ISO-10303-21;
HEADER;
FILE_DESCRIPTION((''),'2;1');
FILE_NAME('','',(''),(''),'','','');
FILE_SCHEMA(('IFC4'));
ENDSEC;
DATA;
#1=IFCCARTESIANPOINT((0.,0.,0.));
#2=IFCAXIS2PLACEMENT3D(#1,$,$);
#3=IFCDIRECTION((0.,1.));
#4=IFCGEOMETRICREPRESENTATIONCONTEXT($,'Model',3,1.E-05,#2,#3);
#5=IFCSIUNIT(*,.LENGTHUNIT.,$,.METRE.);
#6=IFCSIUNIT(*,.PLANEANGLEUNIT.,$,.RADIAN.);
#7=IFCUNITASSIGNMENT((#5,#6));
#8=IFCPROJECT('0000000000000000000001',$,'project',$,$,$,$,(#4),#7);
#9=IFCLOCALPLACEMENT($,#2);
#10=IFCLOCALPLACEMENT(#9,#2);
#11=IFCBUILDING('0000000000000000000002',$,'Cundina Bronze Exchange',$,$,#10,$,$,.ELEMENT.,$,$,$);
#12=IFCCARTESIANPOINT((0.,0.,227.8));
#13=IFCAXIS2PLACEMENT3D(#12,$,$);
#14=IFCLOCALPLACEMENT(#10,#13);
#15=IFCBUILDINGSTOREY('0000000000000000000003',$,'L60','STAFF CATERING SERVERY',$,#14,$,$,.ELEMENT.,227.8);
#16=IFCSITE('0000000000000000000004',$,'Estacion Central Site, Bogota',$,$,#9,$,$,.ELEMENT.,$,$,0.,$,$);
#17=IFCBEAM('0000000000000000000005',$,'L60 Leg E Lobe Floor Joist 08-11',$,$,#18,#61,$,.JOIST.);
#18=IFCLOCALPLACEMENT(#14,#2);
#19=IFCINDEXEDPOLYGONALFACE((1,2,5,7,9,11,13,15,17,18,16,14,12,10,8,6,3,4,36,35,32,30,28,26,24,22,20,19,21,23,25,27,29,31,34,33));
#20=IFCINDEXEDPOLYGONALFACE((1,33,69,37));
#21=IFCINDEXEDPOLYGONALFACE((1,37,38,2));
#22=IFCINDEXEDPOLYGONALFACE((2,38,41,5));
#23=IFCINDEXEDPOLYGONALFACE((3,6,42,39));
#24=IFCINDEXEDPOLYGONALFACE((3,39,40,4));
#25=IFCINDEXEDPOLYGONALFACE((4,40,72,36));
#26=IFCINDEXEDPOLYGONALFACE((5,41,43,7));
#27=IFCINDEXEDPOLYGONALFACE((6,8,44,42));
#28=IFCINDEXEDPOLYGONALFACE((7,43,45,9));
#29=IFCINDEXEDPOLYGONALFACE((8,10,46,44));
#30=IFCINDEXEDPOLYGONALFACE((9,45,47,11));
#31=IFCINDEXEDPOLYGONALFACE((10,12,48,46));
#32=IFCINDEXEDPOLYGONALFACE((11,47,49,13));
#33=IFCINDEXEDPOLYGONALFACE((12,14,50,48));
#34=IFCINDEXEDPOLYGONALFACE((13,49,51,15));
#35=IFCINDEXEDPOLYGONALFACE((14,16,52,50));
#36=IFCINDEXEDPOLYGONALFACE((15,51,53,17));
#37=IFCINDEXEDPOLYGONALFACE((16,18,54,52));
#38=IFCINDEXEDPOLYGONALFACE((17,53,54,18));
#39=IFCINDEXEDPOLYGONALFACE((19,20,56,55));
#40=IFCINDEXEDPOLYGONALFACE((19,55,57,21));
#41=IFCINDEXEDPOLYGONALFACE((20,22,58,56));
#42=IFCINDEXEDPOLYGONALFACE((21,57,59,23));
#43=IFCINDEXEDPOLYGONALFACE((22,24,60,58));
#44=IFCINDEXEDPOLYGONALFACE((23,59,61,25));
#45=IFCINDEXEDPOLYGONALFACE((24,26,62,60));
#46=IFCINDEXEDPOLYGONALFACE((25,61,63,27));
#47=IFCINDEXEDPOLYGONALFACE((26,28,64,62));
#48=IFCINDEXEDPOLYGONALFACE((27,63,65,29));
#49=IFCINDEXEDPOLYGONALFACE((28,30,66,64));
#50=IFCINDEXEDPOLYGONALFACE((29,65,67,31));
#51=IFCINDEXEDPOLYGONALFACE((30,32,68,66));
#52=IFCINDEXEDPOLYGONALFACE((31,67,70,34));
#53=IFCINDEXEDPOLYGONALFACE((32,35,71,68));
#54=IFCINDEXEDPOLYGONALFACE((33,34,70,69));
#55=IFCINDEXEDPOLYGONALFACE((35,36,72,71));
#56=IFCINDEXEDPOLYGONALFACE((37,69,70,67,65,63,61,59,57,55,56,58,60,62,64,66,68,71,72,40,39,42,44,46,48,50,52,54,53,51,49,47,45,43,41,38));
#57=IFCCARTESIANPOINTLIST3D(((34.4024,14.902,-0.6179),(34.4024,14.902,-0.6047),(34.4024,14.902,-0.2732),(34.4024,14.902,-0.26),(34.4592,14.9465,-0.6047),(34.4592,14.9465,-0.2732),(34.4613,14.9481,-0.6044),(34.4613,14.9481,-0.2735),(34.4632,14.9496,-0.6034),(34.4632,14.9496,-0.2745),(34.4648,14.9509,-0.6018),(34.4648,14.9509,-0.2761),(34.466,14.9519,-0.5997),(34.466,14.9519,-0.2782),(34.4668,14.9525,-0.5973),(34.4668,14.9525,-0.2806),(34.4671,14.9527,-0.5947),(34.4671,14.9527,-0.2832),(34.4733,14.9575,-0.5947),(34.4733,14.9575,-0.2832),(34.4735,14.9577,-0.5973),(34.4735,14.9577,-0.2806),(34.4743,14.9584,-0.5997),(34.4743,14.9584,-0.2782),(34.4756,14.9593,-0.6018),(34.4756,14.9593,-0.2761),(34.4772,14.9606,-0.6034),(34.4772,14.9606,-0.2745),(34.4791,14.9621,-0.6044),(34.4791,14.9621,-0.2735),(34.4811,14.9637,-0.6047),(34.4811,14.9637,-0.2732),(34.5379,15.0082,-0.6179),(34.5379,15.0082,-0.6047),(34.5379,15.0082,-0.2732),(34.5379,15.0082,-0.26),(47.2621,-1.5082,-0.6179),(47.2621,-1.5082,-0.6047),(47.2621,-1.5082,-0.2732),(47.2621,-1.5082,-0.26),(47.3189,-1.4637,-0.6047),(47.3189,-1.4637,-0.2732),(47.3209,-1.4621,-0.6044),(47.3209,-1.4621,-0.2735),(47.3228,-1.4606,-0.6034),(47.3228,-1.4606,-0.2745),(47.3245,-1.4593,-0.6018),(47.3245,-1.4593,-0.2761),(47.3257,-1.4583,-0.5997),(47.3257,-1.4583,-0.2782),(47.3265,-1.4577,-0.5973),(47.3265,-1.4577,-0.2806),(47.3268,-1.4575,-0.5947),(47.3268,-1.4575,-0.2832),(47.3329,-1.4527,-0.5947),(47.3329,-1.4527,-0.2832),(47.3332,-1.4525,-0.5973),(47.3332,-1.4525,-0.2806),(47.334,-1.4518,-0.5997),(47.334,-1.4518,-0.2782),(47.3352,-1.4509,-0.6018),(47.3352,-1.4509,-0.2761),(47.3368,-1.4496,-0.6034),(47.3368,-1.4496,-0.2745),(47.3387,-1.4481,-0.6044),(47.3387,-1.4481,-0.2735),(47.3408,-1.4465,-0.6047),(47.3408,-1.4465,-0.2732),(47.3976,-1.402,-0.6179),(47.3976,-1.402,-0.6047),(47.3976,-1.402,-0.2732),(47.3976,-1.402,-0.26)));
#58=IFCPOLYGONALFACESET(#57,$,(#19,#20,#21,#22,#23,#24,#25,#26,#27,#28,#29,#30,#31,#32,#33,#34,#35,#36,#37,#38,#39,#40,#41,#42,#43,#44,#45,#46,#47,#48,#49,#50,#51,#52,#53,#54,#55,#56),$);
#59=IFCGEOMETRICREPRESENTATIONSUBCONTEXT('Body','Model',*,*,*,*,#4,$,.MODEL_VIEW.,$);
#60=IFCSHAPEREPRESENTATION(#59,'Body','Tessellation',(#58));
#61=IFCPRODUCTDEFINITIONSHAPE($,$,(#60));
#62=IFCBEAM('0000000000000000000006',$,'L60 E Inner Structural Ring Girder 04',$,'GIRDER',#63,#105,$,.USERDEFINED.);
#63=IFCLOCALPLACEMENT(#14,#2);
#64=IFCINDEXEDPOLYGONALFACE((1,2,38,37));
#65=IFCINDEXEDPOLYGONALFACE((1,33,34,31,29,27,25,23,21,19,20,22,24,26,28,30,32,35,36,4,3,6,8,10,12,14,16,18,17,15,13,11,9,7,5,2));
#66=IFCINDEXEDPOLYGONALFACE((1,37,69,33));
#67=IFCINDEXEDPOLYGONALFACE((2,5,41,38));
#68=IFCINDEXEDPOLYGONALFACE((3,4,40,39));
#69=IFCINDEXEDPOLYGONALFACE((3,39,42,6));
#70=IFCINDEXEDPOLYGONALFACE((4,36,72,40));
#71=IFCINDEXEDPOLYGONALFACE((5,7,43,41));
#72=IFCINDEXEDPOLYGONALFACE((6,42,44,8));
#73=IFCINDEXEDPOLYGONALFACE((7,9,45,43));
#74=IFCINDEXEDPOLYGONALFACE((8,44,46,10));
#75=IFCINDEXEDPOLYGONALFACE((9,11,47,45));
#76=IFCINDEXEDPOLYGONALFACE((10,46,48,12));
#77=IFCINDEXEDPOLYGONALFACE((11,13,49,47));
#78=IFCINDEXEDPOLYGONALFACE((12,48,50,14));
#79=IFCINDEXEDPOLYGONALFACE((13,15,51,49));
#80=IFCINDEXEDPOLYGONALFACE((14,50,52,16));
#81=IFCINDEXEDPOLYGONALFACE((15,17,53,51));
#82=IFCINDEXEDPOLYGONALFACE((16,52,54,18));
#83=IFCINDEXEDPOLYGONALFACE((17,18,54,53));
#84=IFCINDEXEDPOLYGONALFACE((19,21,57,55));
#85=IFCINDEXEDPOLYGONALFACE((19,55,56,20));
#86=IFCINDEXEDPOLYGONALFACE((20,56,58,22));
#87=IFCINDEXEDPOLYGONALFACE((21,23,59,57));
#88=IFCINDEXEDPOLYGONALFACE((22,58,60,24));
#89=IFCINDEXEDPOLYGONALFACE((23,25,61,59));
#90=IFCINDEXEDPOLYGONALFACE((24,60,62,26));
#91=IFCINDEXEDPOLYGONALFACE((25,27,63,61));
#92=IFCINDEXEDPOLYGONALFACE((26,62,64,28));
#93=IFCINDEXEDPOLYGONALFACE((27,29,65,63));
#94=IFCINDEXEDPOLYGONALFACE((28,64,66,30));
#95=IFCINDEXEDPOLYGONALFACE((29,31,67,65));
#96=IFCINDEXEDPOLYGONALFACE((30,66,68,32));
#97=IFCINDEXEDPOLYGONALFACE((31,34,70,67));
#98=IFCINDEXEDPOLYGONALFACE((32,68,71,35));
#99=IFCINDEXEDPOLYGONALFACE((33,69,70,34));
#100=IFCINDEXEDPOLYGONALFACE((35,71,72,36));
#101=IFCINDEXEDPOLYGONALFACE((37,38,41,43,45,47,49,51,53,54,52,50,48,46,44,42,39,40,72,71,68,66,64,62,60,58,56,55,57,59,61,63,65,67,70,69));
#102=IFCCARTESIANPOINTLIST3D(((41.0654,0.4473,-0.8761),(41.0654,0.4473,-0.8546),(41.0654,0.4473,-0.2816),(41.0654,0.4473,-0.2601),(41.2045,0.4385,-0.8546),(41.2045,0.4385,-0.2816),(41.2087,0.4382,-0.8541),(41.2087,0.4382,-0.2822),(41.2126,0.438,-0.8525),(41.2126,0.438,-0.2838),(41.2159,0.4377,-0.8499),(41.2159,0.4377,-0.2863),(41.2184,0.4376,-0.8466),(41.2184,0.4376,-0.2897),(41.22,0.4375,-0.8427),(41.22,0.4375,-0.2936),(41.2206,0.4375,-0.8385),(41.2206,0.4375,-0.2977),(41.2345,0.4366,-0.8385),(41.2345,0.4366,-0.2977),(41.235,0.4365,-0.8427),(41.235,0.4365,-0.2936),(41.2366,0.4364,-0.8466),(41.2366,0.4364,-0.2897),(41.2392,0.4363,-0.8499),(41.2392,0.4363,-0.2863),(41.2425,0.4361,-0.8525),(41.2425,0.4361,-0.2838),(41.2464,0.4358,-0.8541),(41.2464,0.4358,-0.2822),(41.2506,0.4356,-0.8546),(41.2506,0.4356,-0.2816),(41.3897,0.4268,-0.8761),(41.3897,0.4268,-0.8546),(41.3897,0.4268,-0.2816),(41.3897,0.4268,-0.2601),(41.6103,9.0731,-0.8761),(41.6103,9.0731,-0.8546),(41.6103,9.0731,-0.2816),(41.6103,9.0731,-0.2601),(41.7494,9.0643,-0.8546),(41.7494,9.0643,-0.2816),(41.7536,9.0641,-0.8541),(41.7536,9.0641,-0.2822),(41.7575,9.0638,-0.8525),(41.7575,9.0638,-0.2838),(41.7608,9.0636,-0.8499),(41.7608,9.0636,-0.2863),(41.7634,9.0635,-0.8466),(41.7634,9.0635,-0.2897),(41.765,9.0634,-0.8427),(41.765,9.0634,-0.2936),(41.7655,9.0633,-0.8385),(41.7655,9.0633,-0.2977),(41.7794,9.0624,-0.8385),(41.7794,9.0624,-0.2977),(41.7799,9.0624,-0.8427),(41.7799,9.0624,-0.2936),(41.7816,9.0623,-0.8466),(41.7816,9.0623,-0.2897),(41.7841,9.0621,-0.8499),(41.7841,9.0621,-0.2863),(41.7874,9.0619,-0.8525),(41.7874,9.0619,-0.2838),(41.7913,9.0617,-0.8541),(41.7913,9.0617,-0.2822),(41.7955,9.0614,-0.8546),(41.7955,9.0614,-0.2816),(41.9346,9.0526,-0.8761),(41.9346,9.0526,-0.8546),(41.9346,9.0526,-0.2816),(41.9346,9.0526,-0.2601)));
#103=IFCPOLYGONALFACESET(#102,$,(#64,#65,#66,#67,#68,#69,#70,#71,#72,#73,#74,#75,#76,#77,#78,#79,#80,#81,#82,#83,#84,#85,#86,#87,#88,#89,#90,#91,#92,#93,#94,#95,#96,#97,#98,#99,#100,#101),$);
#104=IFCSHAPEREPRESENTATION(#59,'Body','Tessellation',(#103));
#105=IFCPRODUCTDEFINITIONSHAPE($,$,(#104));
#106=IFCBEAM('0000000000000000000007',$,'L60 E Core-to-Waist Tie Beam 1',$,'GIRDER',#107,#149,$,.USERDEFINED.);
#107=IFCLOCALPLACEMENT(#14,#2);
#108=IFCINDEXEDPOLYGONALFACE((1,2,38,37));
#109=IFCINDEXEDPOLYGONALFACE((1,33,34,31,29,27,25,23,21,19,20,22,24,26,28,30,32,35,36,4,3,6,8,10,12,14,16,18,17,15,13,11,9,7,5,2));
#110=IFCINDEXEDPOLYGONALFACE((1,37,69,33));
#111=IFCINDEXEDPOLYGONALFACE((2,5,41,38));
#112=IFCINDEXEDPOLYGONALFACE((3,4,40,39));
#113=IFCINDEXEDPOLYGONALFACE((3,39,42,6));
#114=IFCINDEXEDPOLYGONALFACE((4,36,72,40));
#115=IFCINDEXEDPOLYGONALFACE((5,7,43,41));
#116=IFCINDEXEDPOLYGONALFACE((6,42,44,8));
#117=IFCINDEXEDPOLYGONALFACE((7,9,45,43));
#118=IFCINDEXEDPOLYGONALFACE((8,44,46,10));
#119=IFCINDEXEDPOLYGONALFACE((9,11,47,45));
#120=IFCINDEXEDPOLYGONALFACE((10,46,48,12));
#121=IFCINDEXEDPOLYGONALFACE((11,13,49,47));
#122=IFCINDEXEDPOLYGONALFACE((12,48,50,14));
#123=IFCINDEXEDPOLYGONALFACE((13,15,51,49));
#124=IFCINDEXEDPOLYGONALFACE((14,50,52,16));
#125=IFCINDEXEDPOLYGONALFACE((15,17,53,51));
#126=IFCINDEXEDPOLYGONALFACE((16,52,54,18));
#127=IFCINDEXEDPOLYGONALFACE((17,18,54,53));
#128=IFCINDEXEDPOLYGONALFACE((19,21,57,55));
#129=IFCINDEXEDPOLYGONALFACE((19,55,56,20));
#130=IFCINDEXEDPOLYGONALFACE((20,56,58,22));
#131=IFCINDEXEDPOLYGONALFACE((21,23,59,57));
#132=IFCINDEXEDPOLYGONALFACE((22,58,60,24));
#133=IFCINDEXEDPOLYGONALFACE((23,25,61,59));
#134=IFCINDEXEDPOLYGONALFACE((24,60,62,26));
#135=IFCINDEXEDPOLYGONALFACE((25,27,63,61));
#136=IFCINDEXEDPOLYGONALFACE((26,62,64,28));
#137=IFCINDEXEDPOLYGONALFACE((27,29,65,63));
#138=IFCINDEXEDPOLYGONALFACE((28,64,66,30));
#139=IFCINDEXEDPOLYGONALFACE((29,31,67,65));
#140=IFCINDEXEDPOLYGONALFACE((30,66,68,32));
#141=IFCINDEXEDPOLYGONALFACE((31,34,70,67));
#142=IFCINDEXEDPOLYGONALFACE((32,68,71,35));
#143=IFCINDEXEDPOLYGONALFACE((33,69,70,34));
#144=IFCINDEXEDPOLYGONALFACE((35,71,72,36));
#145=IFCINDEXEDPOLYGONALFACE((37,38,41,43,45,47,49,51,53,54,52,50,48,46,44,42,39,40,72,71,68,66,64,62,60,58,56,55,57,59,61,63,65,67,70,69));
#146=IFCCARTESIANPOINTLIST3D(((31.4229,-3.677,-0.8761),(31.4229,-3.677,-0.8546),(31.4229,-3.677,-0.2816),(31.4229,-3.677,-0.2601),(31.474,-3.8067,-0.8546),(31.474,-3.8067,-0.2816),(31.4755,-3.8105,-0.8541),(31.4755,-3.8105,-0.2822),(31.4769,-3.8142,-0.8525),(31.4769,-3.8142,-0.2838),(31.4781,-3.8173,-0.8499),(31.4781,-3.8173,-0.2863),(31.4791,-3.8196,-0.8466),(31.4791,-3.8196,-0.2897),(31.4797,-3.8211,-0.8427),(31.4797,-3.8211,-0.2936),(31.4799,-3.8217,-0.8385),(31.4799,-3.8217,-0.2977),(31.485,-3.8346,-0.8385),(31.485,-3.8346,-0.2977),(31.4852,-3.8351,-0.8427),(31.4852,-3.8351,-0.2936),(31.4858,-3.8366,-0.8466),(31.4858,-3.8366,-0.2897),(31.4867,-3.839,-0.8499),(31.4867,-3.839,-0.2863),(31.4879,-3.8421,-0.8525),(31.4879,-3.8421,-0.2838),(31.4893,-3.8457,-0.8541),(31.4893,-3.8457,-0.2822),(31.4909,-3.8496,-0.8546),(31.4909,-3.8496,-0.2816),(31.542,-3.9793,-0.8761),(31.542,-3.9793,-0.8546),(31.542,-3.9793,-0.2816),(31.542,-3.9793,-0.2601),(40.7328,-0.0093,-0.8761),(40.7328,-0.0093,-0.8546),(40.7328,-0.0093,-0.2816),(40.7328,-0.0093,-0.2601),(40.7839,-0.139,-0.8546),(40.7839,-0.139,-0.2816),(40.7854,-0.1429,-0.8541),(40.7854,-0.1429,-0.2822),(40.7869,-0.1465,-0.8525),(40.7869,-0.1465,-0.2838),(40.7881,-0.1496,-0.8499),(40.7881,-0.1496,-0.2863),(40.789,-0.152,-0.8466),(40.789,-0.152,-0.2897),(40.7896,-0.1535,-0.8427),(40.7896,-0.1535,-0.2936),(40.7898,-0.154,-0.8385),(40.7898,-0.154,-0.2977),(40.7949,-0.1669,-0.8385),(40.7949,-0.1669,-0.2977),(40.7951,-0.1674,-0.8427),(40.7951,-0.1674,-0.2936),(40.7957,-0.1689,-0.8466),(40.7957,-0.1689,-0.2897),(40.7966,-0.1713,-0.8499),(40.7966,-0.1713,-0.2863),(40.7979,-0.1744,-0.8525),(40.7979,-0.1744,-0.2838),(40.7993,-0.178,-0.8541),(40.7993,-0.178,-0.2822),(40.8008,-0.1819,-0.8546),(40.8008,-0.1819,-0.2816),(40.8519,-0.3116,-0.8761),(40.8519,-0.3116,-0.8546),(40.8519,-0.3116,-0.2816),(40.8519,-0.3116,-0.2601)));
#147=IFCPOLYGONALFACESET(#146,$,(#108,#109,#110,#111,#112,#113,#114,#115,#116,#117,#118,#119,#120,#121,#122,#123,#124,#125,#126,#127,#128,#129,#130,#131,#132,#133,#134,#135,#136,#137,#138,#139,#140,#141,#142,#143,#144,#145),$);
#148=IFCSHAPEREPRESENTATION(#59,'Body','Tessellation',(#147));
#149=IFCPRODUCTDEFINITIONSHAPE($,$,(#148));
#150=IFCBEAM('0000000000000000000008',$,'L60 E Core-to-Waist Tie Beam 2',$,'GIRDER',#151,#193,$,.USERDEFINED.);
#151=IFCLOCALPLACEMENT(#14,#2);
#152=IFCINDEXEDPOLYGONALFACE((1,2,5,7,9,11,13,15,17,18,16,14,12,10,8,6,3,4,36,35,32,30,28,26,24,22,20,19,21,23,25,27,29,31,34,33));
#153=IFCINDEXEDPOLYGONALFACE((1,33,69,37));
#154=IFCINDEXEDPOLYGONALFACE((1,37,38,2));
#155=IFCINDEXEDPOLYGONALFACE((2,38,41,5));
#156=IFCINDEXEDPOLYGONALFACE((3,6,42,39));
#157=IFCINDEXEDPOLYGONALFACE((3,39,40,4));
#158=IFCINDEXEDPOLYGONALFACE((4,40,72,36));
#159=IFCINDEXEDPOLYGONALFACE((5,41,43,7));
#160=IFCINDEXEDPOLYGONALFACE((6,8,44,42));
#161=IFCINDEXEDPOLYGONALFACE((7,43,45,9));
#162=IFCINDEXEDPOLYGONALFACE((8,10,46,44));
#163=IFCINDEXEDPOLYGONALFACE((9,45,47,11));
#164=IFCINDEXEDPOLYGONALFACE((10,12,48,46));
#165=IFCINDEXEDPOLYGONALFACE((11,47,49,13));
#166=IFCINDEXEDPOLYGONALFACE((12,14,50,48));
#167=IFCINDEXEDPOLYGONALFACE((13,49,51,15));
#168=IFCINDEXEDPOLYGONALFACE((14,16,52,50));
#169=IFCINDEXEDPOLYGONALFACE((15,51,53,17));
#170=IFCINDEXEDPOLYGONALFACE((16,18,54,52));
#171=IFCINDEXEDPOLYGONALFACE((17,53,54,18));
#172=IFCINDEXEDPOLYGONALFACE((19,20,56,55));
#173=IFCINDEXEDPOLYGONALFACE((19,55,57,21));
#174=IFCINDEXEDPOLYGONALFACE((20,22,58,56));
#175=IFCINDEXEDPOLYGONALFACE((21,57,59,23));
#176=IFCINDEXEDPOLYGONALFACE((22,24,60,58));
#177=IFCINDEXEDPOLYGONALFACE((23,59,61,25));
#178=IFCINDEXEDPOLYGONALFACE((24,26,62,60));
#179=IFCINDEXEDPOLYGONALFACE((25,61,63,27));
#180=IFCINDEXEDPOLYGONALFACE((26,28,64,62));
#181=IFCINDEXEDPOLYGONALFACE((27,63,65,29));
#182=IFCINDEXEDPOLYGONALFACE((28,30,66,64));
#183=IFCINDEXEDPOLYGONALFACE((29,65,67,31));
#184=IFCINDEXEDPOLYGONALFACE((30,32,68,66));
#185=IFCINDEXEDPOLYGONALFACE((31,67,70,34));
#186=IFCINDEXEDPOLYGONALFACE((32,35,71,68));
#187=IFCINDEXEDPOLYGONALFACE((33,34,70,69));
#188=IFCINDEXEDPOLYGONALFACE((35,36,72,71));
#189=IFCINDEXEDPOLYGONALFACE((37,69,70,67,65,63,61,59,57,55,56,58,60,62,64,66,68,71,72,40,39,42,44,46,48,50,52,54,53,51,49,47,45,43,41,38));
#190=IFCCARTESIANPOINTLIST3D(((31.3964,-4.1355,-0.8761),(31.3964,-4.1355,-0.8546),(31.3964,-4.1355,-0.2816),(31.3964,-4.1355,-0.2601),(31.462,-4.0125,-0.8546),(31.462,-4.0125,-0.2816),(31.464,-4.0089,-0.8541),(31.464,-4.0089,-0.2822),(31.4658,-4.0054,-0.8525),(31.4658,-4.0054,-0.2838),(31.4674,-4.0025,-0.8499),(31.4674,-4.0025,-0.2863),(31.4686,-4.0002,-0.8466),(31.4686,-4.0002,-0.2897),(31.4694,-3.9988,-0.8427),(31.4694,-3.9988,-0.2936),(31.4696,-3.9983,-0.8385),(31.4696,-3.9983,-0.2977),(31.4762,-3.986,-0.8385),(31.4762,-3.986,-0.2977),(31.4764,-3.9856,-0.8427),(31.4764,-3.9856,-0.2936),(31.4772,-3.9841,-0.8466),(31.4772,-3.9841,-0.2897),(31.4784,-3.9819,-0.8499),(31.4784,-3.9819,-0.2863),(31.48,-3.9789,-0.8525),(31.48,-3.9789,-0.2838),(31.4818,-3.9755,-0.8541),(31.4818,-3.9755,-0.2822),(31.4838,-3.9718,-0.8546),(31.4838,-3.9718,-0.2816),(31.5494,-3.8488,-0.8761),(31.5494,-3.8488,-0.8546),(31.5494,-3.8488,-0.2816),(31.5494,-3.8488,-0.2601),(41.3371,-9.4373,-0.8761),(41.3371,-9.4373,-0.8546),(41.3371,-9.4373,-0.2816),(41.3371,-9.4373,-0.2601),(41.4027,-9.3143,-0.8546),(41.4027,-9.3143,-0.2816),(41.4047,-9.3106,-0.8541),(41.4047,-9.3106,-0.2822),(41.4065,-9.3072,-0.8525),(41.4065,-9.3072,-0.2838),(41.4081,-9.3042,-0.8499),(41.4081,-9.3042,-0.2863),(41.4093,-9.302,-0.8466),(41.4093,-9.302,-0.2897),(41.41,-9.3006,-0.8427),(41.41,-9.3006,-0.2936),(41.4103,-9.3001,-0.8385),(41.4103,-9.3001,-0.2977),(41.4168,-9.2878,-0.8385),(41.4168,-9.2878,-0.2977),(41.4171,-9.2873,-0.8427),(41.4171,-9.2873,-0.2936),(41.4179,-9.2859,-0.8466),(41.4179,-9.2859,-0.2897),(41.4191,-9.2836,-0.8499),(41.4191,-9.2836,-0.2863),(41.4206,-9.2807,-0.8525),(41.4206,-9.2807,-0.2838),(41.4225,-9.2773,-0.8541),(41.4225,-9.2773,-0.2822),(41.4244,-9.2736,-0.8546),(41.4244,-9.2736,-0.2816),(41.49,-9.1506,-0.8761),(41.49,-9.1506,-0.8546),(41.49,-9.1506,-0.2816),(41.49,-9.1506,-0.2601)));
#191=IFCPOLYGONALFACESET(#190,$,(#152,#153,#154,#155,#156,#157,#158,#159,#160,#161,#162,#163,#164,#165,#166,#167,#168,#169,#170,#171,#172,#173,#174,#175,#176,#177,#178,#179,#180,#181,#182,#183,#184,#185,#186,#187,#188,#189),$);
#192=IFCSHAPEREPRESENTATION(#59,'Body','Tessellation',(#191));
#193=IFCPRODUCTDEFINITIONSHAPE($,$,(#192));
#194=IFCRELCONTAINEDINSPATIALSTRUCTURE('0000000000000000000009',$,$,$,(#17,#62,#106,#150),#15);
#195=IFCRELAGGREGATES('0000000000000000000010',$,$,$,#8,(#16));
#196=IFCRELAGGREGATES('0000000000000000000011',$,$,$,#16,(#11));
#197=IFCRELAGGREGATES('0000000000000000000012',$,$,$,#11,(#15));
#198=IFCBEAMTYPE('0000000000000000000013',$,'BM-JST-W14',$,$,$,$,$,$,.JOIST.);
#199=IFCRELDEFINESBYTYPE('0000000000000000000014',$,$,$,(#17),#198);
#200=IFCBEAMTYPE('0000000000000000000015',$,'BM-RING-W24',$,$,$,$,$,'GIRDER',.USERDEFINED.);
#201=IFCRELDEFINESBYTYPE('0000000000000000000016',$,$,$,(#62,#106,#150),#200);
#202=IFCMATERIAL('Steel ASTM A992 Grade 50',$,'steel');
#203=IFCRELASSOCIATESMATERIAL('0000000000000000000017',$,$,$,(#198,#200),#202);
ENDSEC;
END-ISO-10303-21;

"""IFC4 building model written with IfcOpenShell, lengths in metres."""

from ifc_helpers import new_model, si_unit, direction, frame, origin, origin_2d, place, context, subcontext, project, spatial, i_section, extrude, material, material_profile, profile_set, type_object, element, save


model = new_model("IFC4")

# Units and contexts
model_context = context("Model", 3, precision=1e-05, world=origin(), true_north=direction((0.0, 1.0)))
body_context = subcontext(model_context, "Body", "Model", "MODEL_VIEW")
ifc_project = project(units=[si_unit("LENGTHUNIT", "METRE"), si_unit("PLANEANGLEUNIT", "RADIAN")], contexts=[model_context])

# Site, building, storey
site_placement = place(None, origin())
site = spatial("IfcSite", under=ifc_project, at=site_placement, Name="Estacion Central Site, Bogota", CompositionType="ELEMENT", RefElevation=0.0)
building_placement = place(site_placement, origin())
building = spatial("IfcBuilding", under=site, at=building_placement, Name="Cundina Bronze Exchange", CompositionType="ELEMENT")
storey_placement = place(building_placement, frame((0.0, 0.0, 227.8)))
storey = spatial("IfcBuildingStorey", under=building, at=storey_placement, Name="L60", Description="STAFF CATERING SERVERY", CompositionType="ELEMENT", Elevation=227.8)

# Shared definitions
ifc_material_1 = material(Name="Steel ASTM A992 Grade 50", Category="steel")

# Beams
ifc_material_profile_1 = material_profile(ifc_material_1, i_section(OverallWidth=0.1721, OverallDepth=0.3579, WebThickness=0.0078, FlangeThickness=0.0132, FilletRadius=0.01, at=origin_2d()), Name="W14X38", Category="steel")
ifc_profile_set_1 = profile_set([ifc_material_profile_1], Name="Steel ASTM A992 Grade 50")
beam_type_1 = type_object("IfcBeamType", Name="BM-JST-W14", PredefinedType="JOIST", material=ifc_profile_set_1)
beam_1_placement = place(storey_placement, frame((47.3298, -1.4551, -0.439), z_axis=(-0.61681, 0.787112, 0.0), x_axis=(-0.787112, -0.61681, 0.0)))
element("IfcBeam", 1, at=beam_1_placement, inside=storey, type_object=beam_type_1, Name="L60 Leg E Lobe Floor Joist 08-11", PredefinedType="JOIST", context=body_context, shape_type="SweptSolid", body=[
    extrude(i_section(OverallWidth=0.1721, OverallDepth=0.3579, WebThickness=0.0078, FlangeThickness=0.0132, FilletRadius=0.01, at=origin_2d()), origin(), (0.0, 0.0, 1.0), 20.8486),
])
ifc_material_profile_2 = material_profile(ifc_material_1, i_section(OverallWidth=0.325, OverallDepth=0.616, WebThickness=0.0139, FlangeThickness=0.0215, FilletRadius=0.0161, at=origin_2d()), Name="W24X117", Category="steel")
ifc_profile_set_2 = profile_set([ifc_material_profile_2], Name="Steel ASTM A992 Grade 50")
beam_type_2 = type_object("IfcBeamType", Name="BM-RING-W24", ElementType="GIRDER", PredefinedType="USERDEFINED", material=ifc_profile_set_2)
beam_2_placement = place(storey_placement, frame((41.2275, 0.437, -0.5681), z_axis=(0.063047, 0.998011, 0.0), x_axis=(-0.998011, 0.063047, 0.0)))
element("IfcBeam", 2, at=beam_2_placement, inside=storey, type_object=beam_type_2, Name="L60 E Inner Structural Ring Girder 04", ObjectType="GIRDER", PredefinedType="USERDEFINED", context=body_context, shape_type="SweptSolid", body=[
    extrude(i_section(OverallWidth=0.325, OverallDepth=0.616, WebThickness=0.0139, FlangeThickness=0.0215, FilletRadius=0.0161, at=origin_2d()), origin(), (0.0, 0.0, 1.0), 8.6431),
])
beam_3_placement = place(storey_placement, frame((31.4824, -3.8281, -0.5681), z_axis=(0.930404, 0.366535, 0.0), x_axis=(-0.366535, 0.930404, 0.0)))
element("IfcBeam", 3, at=beam_3_placement, inside=storey, type_object=beam_type_2, Name="L60 E Core-to-Waist Tie Beam 1", ObjectType="GIRDER", PredefinedType="USERDEFINED", context=body_context, shape_type="SweptSolid", body=[
    extrude(i_section(OverallWidth=0.325, OverallDepth=0.616, WebThickness=0.0139, FlangeThickness=0.0215, FilletRadius=0.0161, at=origin_2d()), origin(), (0.0, 0.0, 1.0), 10.0063),
])
beam_4_placement = place(storey_placement, frame((31.4729, -3.9922, -0.5681), z_axis=(0.882351, -0.470593, 0.0), x_axis=(0.470593, 0.882351, 0.0)))
element("IfcBeam", 4, at=beam_4_placement, inside=storey, type_object=beam_type_2, Name="L60 E Core-to-Waist Tie Beam 2", ObjectType="GIRDER", PredefinedType="USERDEFINED", context=body_context, shape_type="SweptSolid", body=[
    extrude(i_section(OverallWidth=0.325, OverallDepth=0.616, WebThickness=0.0139, FlangeThickness=0.0215, FilletRadius=0.0161, at=origin_2d()), origin(), (0.0, 0.0, 1.0), 11.2661),
])

save(model, "model.ifc")
